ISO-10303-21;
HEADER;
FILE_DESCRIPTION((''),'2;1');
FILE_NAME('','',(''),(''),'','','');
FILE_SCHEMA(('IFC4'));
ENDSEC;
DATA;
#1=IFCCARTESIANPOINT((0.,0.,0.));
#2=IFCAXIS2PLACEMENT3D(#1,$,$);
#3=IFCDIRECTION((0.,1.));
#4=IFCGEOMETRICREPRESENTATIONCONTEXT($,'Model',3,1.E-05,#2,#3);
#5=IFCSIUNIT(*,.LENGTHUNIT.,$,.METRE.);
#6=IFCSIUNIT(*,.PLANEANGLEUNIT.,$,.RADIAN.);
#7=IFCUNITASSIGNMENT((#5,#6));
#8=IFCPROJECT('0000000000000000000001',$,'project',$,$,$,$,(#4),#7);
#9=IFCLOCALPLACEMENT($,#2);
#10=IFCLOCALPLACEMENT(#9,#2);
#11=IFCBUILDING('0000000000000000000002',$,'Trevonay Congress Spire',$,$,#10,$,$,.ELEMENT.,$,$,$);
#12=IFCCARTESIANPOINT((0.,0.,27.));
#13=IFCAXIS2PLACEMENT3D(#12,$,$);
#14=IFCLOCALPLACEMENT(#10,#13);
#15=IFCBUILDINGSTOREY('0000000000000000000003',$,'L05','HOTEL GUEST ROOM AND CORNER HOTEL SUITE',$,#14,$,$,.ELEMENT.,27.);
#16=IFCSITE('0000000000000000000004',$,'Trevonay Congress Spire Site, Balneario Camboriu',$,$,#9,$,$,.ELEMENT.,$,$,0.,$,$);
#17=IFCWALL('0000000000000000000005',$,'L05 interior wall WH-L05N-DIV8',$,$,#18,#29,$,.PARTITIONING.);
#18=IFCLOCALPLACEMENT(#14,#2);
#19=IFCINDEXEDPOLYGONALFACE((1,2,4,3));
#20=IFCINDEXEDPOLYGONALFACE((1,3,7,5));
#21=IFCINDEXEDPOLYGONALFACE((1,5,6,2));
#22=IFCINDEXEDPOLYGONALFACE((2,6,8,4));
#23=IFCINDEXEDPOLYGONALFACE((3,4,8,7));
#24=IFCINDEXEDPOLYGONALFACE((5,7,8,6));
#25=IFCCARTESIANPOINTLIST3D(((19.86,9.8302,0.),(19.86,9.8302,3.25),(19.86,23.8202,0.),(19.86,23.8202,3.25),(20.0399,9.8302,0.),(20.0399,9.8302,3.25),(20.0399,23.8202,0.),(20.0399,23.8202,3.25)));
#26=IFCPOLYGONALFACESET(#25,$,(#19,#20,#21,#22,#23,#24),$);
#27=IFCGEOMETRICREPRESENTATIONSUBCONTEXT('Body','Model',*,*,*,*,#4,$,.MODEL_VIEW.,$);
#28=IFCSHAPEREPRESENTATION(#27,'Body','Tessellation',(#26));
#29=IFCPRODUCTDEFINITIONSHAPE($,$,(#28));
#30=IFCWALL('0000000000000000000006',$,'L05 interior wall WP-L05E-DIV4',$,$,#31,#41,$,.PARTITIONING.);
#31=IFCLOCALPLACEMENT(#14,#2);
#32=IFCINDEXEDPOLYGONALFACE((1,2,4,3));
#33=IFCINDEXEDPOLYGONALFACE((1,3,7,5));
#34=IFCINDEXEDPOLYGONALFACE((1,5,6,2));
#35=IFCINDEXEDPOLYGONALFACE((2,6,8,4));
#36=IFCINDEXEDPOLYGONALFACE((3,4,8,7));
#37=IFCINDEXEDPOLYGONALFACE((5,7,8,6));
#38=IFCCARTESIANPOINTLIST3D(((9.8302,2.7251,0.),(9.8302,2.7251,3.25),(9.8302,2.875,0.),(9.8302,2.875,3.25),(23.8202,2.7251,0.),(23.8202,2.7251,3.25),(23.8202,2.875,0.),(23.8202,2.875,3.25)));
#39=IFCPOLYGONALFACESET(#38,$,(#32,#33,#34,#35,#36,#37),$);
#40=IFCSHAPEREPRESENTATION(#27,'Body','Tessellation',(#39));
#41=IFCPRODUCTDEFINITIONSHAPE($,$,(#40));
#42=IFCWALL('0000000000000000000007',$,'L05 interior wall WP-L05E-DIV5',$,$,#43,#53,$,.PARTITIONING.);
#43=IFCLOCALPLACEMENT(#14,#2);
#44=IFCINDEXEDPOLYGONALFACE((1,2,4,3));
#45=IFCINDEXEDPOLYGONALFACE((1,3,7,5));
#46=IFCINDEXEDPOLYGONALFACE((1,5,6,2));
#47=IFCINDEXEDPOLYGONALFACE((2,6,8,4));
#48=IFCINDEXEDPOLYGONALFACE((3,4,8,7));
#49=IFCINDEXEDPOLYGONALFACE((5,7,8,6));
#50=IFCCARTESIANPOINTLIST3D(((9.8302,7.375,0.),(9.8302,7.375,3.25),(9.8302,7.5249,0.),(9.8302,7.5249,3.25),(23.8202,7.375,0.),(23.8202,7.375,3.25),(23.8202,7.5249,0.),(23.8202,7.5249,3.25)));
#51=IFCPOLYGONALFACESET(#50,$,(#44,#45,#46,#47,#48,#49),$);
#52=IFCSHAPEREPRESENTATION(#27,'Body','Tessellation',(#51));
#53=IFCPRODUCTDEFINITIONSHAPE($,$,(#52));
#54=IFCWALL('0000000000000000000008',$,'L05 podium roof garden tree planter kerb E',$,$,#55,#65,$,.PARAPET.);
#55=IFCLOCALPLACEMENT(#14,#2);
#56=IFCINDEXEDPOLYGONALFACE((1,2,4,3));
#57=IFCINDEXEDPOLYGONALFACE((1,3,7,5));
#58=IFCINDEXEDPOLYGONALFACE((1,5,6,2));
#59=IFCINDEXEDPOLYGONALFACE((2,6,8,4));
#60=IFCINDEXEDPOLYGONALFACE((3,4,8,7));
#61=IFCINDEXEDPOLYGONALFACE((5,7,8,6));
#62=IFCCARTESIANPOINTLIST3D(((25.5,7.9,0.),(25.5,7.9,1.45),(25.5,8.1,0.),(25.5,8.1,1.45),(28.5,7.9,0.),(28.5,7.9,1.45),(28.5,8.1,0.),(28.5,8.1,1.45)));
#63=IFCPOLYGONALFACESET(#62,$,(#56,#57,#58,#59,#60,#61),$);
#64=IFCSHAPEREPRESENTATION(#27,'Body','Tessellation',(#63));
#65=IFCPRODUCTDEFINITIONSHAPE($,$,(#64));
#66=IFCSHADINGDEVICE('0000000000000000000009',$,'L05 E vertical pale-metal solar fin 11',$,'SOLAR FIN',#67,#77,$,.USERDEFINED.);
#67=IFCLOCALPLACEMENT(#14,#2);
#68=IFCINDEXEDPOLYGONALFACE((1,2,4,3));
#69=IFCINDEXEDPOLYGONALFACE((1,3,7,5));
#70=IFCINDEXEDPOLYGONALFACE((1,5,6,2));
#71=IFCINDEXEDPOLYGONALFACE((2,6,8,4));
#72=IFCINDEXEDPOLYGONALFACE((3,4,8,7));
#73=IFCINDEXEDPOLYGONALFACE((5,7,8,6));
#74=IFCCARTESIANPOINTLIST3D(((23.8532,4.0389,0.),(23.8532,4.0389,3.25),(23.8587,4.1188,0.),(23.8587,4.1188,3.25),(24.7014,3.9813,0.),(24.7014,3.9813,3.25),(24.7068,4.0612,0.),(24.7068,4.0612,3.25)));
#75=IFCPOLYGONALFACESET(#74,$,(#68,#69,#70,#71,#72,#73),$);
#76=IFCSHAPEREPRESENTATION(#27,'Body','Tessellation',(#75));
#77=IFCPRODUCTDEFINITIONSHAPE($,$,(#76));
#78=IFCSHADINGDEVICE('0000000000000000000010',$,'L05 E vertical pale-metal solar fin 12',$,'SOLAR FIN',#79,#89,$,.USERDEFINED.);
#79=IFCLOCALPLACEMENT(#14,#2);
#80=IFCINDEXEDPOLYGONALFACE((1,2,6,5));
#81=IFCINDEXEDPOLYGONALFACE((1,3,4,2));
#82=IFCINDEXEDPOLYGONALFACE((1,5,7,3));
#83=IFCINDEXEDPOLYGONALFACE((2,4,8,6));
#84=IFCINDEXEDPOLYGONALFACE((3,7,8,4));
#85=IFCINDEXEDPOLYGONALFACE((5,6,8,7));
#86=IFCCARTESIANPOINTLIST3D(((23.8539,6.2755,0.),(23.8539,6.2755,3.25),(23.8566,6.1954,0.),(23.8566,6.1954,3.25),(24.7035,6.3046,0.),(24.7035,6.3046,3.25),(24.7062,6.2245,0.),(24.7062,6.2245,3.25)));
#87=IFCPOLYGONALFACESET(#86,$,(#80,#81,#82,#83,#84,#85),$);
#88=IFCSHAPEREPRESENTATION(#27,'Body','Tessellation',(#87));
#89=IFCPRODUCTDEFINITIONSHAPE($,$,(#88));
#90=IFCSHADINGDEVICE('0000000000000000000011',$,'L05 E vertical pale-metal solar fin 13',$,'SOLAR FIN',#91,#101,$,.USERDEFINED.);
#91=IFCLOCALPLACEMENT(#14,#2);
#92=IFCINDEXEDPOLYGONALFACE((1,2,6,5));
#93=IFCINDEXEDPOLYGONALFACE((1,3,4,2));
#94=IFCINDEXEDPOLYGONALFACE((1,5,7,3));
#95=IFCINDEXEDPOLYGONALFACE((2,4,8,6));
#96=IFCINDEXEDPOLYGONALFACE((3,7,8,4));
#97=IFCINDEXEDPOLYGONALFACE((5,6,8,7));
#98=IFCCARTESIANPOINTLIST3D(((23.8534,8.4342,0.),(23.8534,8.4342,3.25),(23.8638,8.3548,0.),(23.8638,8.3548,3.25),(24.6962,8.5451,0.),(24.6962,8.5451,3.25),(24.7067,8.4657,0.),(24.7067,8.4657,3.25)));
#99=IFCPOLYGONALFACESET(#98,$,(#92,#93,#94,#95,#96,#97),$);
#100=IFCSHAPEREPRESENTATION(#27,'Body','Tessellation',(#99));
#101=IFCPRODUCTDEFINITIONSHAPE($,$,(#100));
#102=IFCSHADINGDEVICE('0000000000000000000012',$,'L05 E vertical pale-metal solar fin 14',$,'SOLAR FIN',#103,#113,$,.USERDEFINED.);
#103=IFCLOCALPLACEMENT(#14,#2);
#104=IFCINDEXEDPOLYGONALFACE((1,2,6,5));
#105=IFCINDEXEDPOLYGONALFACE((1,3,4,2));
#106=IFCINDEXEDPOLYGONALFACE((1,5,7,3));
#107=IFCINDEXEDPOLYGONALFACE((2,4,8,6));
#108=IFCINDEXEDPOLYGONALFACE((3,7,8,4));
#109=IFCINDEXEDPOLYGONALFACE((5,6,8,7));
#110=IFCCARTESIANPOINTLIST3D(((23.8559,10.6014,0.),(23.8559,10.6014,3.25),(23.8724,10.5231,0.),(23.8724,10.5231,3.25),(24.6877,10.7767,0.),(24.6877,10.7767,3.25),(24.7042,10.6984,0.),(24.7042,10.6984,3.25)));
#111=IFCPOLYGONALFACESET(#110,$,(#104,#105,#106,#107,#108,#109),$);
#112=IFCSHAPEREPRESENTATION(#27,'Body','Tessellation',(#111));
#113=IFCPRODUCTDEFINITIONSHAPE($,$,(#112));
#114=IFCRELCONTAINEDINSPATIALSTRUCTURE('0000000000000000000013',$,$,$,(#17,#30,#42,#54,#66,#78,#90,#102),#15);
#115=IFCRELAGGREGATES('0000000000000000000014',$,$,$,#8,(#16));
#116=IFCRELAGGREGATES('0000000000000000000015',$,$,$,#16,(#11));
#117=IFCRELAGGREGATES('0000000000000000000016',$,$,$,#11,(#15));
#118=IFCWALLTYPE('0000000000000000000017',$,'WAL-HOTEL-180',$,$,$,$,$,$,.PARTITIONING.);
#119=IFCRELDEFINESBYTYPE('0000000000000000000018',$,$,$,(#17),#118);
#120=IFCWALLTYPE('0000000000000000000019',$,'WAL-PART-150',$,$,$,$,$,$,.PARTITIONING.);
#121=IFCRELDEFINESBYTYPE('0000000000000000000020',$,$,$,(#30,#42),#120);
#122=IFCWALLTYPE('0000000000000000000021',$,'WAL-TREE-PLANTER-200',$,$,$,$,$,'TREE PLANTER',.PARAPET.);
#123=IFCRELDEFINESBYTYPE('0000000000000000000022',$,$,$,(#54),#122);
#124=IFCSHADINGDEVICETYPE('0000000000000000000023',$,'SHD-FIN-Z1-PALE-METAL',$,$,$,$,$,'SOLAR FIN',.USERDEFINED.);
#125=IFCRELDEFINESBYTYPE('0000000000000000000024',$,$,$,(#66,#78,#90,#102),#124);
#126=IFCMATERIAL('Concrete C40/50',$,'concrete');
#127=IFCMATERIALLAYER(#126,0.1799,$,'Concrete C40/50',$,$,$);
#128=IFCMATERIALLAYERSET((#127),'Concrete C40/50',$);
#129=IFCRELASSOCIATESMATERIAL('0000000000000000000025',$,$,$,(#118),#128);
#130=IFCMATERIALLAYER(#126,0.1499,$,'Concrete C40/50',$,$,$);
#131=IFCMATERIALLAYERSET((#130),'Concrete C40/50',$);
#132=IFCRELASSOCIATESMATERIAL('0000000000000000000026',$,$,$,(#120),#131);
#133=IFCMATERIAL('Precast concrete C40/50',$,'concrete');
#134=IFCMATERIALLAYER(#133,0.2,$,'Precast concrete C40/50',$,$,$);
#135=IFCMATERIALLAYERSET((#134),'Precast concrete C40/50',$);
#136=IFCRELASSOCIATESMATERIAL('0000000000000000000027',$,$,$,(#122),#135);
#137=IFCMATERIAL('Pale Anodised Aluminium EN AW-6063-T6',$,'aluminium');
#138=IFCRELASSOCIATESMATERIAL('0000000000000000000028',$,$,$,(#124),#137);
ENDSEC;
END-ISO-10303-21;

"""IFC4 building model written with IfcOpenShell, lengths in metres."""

from ifc_helpers import new_model, si_unit, direction, frame, frame_2d, origin, origin_2d, place, context, subcontext, project, spatial, rectangle, extrude, material, layer, layer_set, type_object, element, save


model = new_model("IFC4")

# Units and contexts
model_context = context("Model", 3, precision=1e-05, world=origin(), true_north=direction((0.0, 1.0)))
body_context = subcontext(model_context, "Body", "Model", "MODEL_VIEW")
ifc_project = project(units=[si_unit("LENGTHUNIT", "METRE"), si_unit("PLANEANGLEUNIT", "RADIAN")], contexts=[model_context])

# Site, building, storey
site_placement = place(None, origin())
site = spatial("IfcSite", under=ifc_project, at=site_placement, Name="Trevonay Congress Spire Site, Balneario Camboriu", CompositionType="ELEMENT", RefElevation=0.0)
building_placement = place(site_placement, origin())
building = spatial("IfcBuilding", under=site, at=building_placement, Name="Trevonay Congress Spire", CompositionType="ELEMENT")
storey_placement = place(building_placement, frame((0.0, 0.0, 27.0)))
storey = spatial("IfcBuildingStorey", under=building, at=storey_placement, Name="L05", Description="HOTEL GUEST ROOM AND CORNER HOTEL SUITE", CompositionType="ELEMENT", Elevation=27.0)

# Shared definitions
ifc_material_1 = material(Name="Pale Anodised Aluminium EN AW-6063-T6", Category="aluminium")

# Shared definitions
ifc_material_2 = material(Name="Concrete C40/50", Category="concrete")

# Walls
ifc_layer_1 = layer(ifc_material_2, 0.1799, Name="Concrete C40/50")
ifc_layer_set_1 = layer_set([ifc_layer_1], Name="Concrete C40/50")
wall_type_1 = type_object("IfcWallType", Name="WAL-HOTEL-180", PredefinedType="PARTITIONING", material=ifc_layer_set_1)
for number, where, z_axis, x_axis, name in (
    (1, (19.95, 9.8301, 0.0), (0.0, 0.0, 1.0), (0.0, 1.0, 0.0), "L05 interior wall WH-L05N-DIV8"),
):
    element("IfcWall", number, at=place(storey_placement, frame(where, z_axis=z_axis, x_axis=x_axis)), inside=storey, type_object=wall_type_1, Name=name, PredefinedType="PARTITIONING", context=body_context, shape_type="SweptSolid", body=[
        extrude(rectangle(XDim=13.99, YDim=0.1799, at=frame_2d((6.9951, 0.0))), origin(), (0.0, 0.0, 1.0), 3.25),
    ])
ifc_layer_2 = layer(ifc_material_2, 0.1499, Name="Concrete C40/50")
ifc_layer_set_2 = layer_set([ifc_layer_2], Name="Concrete C40/50")
wall_type_2 = type_object("IfcWallType", Name="WAL-PART-150", PredefinedType="PARTITIONING", material=ifc_layer_set_2)
for number, where, z_axis, x_axis, name in (
    (2, (9.8301, 2.8, 0.0), (0.0, 0.0, 1.0), (1.0, 0.0, 0.0), "L05 interior wall WP-L05E-DIV4"),
    (3, (9.8301, 7.45, 0.0), (0.0, 0.0, 1.0), (1.0, 0.0, 0.0), "L05 interior wall WP-L05E-DIV5"),
):
    element("IfcWall", number, at=place(storey_placement, frame(where, z_axis=z_axis, x_axis=x_axis)), inside=storey, type_object=wall_type_2, Name=name, PredefinedType="PARTITIONING", context=body_context, shape_type="SweptSolid", body=[
        extrude(rectangle(XDim=13.99, YDim=0.1499, at=frame_2d((6.9951, 0.0))), origin(), (0.0, 0.0, 1.0), 3.25),
    ])
ifc_material_3 = material(Name="Precast concrete C40/50", Category="concrete")
ifc_layer_3 = layer(ifc_material_3, 0.2, Name="Precast concrete C40/50")
ifc_layer_set_3 = layer_set([ifc_layer_3], Name="Precast concrete C40/50")
wall_type_3 = type_object("IfcWallType", Name="WAL-TREE-PLANTER-200", ElementType="TREE PLANTER", PredefinedType="PARAPET", material=ifc_layer_set_3)
wall_1_placement = place(storey_placement, frame((25.5, 8.0, 0.0), z_axis=(0.0, 0.0, 1.0), x_axis=(1.0, 0.0, 0.0)))
element("IfcWall", 4, at=wall_1_placement, inside=storey, type_object=wall_type_3, Name="L05 podium roof garden tree planter kerb E", PredefinedType="PARAPET", context=body_context, shape_type="SweptSolid", body=[
    extrude(rectangle(XDim=3.0, YDim=0.2, at=frame_2d((1.5, 0.0))), origin(), (0.0, 0.0, 1.0), 1.45),
])

# Shading devices
shading_device_type = type_object("IfcShadingDeviceType", Name="SHD-FIN-Z1-PALE-METAL", ElementType="SOLAR FIN", PredefinedType="USERDEFINED", material=ifc_material_1)
for number, where, z_axis, x_axis, name in (
    (5, (24.28, 4.05, 0.0), (0.0, 0.0, 1.0), (0.067667, 0.997708, 0.0), "L05 E vertical pale-metal solar fin 11"),
    (6, (24.28, 6.25, 0.0), (0.0, 0.0, 1.0), (-0.034202, 0.999415, 0.0), "L05 E vertical pale-metal solar fin 12"),
    (7, (24.28, 8.45, 0.0), (0.0, 0.0, 1.0), (-0.130526, 0.991445, 0.0), "L05 E vertical pale-metal solar fin 13"),
    (8, (24.28, 10.6499, 0.0), (0.0, 0.0, 1.0), (-0.206204, 0.978509, 0.0), "L05 E vertical pale-metal solar fin 14"),
):
    element("IfcShadingDevice", number, at=place(storey_placement, frame(where, z_axis=z_axis, x_axis=x_axis)), inside=storey, type_object=shading_device_type, Name=name, ObjectType="SOLAR FIN", PredefinedType="USERDEFINED", context=body_context, shape_type="SweptSolid", body=[
        extrude(rectangle(XDim=0.0801, YDim=0.8501, at=origin_2d()), origin(), (0.0, 0.0, 1.0), 3.25),
    ])

save(model, "model.ifc")
